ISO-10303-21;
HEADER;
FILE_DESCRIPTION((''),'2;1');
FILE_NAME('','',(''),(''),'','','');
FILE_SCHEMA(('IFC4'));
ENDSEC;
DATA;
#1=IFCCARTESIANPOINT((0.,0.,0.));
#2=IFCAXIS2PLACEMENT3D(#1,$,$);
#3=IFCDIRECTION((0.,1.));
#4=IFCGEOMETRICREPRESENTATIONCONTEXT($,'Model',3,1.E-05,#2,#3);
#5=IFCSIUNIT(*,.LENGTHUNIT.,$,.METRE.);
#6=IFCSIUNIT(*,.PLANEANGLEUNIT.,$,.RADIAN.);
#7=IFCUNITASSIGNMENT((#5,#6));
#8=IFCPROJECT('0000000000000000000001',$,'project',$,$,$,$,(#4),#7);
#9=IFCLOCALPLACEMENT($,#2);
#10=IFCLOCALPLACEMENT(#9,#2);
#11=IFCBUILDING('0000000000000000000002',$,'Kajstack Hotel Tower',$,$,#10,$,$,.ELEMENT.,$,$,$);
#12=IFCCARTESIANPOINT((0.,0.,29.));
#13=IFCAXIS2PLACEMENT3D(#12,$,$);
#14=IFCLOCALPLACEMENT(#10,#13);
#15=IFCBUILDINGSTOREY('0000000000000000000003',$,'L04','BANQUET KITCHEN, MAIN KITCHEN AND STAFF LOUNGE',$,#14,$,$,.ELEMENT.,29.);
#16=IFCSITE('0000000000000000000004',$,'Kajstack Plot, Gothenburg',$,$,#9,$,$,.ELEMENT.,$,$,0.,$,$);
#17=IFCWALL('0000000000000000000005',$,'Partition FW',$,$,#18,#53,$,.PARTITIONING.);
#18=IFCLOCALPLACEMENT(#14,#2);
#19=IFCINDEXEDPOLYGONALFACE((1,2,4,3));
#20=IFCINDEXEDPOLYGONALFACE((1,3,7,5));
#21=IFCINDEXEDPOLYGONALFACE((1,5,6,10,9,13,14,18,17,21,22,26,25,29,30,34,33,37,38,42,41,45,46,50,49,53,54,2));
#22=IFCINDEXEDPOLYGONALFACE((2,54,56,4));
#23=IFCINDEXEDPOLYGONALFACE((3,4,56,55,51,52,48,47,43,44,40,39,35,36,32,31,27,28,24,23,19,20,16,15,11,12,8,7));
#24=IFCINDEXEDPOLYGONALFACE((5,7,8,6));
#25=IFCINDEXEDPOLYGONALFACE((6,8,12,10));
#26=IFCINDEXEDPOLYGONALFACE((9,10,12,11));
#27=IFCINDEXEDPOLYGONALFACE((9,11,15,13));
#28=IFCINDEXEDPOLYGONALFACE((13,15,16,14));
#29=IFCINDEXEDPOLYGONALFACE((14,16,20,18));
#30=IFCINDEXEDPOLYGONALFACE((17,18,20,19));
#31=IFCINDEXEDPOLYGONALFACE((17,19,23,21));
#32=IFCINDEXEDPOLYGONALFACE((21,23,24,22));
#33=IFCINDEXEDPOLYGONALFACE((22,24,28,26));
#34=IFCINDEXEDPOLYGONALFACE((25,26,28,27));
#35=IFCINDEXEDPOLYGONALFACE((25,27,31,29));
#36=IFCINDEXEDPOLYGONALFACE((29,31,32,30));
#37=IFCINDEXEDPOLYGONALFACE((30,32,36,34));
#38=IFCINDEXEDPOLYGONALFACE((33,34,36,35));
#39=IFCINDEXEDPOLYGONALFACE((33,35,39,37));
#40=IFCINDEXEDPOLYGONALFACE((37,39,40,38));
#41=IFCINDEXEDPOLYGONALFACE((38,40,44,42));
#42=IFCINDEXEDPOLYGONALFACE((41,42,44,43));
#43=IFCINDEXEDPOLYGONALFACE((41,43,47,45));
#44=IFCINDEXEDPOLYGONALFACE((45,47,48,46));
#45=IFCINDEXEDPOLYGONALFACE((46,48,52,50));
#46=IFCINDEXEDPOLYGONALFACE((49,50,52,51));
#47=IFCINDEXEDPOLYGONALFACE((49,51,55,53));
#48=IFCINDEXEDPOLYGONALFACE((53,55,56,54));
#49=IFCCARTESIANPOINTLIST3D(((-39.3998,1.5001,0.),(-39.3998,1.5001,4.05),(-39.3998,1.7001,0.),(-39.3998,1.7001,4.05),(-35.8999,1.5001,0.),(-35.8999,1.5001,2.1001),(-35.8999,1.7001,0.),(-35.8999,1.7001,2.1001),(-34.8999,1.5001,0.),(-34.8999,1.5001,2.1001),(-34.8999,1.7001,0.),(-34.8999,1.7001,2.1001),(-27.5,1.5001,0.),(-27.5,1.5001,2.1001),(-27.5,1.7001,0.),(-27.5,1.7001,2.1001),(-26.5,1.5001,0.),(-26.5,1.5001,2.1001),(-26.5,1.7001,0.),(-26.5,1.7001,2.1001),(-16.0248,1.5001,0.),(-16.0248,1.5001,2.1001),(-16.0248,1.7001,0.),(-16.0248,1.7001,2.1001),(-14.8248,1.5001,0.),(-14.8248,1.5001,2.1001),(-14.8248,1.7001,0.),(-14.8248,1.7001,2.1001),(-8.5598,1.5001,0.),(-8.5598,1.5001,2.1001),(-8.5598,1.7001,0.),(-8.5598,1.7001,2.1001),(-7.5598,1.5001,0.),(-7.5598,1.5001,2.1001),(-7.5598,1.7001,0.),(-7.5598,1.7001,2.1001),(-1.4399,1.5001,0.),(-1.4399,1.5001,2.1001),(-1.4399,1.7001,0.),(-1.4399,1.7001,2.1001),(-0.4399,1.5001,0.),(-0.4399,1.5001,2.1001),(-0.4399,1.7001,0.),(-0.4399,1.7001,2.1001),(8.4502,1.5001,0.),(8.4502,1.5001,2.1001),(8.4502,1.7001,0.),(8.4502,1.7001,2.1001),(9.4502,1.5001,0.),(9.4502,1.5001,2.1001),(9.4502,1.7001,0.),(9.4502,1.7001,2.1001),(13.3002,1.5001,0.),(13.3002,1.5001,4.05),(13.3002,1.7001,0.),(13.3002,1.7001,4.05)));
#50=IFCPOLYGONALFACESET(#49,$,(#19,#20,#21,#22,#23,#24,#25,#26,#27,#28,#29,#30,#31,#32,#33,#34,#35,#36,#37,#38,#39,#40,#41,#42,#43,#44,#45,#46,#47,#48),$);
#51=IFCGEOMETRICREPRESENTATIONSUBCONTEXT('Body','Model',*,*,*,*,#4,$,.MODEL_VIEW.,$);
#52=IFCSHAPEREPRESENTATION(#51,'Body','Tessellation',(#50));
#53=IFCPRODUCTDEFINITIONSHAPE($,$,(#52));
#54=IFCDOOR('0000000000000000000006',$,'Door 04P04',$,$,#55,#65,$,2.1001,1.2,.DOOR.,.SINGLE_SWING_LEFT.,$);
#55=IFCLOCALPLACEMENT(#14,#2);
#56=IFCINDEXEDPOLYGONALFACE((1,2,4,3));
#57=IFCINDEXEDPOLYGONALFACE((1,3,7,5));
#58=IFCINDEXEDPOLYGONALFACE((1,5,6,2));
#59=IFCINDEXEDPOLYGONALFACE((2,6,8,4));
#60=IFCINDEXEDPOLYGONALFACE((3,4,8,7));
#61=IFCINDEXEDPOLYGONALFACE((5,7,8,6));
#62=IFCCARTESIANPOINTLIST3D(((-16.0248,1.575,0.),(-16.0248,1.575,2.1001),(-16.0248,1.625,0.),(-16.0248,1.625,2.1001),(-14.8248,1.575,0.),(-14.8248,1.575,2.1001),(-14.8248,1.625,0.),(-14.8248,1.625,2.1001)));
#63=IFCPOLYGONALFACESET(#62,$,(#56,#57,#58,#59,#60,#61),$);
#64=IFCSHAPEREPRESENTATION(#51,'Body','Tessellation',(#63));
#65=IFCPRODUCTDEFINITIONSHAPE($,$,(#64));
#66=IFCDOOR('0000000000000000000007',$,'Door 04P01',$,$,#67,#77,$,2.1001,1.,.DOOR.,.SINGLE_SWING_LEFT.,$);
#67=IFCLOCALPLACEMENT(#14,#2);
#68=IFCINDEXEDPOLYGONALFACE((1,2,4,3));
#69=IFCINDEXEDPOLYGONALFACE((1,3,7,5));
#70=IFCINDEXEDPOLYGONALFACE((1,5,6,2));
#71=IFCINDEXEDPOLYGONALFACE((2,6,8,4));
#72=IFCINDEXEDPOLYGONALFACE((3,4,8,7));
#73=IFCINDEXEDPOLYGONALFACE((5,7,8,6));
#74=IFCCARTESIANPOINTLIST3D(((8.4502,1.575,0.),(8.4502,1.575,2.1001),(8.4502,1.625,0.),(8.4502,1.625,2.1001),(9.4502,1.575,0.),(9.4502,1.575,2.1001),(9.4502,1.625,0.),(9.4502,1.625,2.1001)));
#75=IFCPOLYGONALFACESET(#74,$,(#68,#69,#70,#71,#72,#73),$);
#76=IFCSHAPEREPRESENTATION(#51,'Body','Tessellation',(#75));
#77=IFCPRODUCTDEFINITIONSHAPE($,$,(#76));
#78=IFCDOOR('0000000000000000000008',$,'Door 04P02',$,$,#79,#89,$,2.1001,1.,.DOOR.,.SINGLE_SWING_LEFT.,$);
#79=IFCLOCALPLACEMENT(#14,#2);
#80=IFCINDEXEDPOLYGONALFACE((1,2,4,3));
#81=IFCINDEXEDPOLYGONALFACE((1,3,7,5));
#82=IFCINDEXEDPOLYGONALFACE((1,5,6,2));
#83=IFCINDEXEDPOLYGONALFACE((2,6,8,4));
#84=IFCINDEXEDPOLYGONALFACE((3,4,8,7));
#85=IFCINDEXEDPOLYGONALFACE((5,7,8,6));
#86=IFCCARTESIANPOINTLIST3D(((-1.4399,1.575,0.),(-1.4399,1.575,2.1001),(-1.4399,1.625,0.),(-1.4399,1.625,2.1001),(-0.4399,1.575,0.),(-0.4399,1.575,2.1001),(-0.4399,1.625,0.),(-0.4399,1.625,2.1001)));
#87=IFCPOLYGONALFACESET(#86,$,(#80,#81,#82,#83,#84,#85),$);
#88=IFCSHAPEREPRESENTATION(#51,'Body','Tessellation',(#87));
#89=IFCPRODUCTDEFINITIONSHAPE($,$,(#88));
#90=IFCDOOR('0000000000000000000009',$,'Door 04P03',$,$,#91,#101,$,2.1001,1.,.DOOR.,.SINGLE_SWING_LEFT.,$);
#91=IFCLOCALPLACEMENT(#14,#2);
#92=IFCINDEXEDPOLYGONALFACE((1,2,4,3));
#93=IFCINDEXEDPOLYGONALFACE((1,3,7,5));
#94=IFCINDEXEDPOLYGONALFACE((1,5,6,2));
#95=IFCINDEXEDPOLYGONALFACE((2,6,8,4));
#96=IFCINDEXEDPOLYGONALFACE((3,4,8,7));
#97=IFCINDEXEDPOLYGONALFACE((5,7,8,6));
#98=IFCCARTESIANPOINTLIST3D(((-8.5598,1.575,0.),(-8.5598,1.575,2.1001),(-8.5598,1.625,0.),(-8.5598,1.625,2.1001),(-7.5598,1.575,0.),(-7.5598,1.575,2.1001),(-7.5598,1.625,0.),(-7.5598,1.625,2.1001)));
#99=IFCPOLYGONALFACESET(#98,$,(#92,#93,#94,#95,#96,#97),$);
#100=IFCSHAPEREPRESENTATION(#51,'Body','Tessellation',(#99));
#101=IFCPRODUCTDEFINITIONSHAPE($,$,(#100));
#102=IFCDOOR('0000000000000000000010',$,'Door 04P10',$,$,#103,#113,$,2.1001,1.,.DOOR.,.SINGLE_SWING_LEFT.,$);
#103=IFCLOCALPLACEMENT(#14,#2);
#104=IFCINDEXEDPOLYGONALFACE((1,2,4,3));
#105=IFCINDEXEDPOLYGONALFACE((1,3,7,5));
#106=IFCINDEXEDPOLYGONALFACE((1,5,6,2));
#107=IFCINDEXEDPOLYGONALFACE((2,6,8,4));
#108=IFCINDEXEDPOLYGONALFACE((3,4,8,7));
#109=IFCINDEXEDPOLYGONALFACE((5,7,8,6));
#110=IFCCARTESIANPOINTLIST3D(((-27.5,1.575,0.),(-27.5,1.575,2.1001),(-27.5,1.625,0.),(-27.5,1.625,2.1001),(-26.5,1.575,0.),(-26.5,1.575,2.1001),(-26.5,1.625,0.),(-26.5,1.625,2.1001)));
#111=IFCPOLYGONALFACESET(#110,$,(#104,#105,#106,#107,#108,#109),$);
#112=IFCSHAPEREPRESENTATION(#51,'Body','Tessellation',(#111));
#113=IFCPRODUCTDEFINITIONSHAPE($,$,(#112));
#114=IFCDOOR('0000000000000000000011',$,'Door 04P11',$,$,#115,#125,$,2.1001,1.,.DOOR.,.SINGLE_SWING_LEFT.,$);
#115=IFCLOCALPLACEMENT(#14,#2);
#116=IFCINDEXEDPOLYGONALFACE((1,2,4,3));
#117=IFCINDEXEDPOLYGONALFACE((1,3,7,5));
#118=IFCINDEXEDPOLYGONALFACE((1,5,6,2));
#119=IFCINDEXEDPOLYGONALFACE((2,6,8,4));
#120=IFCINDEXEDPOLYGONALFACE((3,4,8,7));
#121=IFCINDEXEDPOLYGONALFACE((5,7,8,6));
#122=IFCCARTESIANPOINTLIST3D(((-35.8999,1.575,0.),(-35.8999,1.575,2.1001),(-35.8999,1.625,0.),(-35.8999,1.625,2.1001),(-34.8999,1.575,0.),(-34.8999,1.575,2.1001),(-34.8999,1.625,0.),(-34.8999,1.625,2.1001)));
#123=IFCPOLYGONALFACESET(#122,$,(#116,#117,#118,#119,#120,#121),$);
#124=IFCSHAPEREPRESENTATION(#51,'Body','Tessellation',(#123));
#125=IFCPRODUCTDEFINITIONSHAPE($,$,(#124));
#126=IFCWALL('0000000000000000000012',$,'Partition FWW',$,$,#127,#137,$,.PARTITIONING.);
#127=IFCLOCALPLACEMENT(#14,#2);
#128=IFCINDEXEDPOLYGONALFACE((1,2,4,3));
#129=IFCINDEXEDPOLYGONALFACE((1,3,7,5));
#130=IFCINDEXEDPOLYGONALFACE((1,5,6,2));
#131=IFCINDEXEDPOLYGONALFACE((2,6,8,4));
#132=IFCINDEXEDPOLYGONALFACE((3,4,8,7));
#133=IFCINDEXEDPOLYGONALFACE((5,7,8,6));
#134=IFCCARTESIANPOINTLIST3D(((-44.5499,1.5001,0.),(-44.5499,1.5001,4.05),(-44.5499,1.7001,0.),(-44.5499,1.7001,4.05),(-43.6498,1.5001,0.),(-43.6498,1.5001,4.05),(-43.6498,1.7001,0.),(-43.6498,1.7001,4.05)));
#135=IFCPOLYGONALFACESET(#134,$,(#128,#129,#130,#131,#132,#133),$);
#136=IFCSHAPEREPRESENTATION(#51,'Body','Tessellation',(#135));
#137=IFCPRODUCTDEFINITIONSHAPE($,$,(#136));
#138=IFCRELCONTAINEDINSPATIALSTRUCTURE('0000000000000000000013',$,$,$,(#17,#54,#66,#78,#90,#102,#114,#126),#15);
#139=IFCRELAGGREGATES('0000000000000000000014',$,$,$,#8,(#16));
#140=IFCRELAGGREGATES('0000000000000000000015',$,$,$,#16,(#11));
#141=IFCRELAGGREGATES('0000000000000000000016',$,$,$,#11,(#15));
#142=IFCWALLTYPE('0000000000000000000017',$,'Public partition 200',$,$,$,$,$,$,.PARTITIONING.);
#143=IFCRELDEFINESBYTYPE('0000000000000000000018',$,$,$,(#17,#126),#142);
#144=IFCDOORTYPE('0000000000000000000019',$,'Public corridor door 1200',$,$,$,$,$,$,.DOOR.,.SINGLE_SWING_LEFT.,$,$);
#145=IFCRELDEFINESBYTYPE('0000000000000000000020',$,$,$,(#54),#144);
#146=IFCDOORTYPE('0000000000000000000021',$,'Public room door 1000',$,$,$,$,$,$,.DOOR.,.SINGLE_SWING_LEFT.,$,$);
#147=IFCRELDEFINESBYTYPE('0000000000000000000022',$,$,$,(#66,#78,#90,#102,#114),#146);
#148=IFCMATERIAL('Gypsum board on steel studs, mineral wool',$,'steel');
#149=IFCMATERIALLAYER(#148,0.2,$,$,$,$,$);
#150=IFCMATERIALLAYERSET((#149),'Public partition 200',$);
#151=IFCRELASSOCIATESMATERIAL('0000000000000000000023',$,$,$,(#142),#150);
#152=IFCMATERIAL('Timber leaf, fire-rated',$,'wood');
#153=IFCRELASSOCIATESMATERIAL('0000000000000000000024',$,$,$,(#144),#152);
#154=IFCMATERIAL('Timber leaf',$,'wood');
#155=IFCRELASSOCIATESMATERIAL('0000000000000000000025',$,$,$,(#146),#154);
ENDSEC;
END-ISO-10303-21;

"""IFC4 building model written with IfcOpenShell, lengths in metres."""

from ifc_helpers import new_model, si_unit, direction, frame, frame_2d, origin, place, context, subcontext, project, spatial, rectangle, extrude, material, layer, layer_set, type_object, element, fill, save


model = new_model("IFC4")

# Units and contexts
model_context = context("Model", 3, precision=1e-05, world=origin(), true_north=direction((0.0, 1.0)))
body_context = subcontext(model_context, "Body", "Model", "MODEL_VIEW")
ifc_project = project(units=[si_unit("LENGTHUNIT", "METRE"), si_unit("PLANEANGLEUNIT", "RADIAN")], contexts=[model_context])

# Site, building, storey
site_placement = place(None, origin())
site = spatial("IfcSite", under=ifc_project, at=site_placement, Name="Kajstack Plot, Gothenburg", CompositionType="ELEMENT", RefElevation=0.0)
building_placement = place(site_placement, origin())
building = spatial("IfcBuilding", under=site, at=building_placement, Name="Kajstack Hotel Tower", CompositionType="ELEMENT")
storey_placement = place(building_placement, frame((0.0, 0.0, 29.0)))
storey = spatial("IfcBuildingStorey", under=building, at=storey_placement, Name="L04", Description="BANQUET KITCHEN, MAIN KITCHEN AND STAFF LOUNGE", CompositionType="ELEMENT", Elevation=29.0)

# Shared definitions
ifc_material_1 = material(Name="Gypsum board on steel studs, mineral wool", Category="steel")
ifc_layer_1 = layer(ifc_material_1, 0.2)
ifc_layer_set_1 = layer_set([ifc_layer_1], Name="Public partition 200")
wall_type_1 = type_object("IfcWallType", Name="Public partition 200", PredefinedType="PARTITIONING", material=ifc_layer_set_1)

# Wall, openings, doors
wall_1_placement = place(storey_placement, frame((-39.3999, 1.6001, 0.0), z_axis=(0.0, 0.0, 1.0), x_axis=(1.0, 0.0, 0.0)))
wall_1 = element("IfcWall", 1, at=wall_1_placement, inside=storey, type_object=wall_type_1, Name="Partition FW", PredefinedType="PARTITIONING", context=body_context, shape_type="SweptSolid", body=[
    extrude(rectangle(XDim=52.7, YDim=0.2, at=frame_2d((26.3501, 0.0))), origin(), (0.0, 0.0, 1.0), 4.05),
])
opening_1_placement = place(wall_1_placement, frame((47.8501, 0.0, 0.0)))
opening_1 = element("IfcOpeningElement", 2, at=opening_1_placement, cuts=wall_1, PredefinedType="OPENING", context=body_context, shape_type="SweptSolid", body=[
    extrude(rectangle(XDim=1.0, YDim=2.1001, at=frame_2d((0.5, 1.05))), frame((0.0, 0.1099, 0.0), z_axis=(0.0, -1.0, 0.0), x_axis=(1.0, 0.0, 0.0)), (0.0, 0.0, 1.0), 0.22),
])
opening_2_placement = place(wall_1_placement, frame((37.96, 0.0, 0.0)))
opening_2 = element("IfcOpeningElement", 3, at=opening_2_placement, cuts=wall_1, PredefinedType="OPENING", context=body_context, shape_type="SweptSolid", body=[
    extrude(rectangle(XDim=1.0, YDim=2.1001, at=frame_2d((0.5, 1.05))), frame((0.0, 0.1099, 0.0), z_axis=(0.0, -1.0, 0.0), x_axis=(1.0, 0.0, 0.0)), (0.0, 0.0, 1.0), 0.22),
])
opening_3_placement = place(wall_1_placement, frame((30.8401, 0.0, 0.0)))
opening_3 = element("IfcOpeningElement", 4, at=opening_3_placement, cuts=wall_1, PredefinedType="OPENING", context=body_context, shape_type="SweptSolid", body=[
    extrude(rectangle(XDim=1.0, YDim=2.1001, at=frame_2d((0.5, 1.05))), frame((0.0, 0.1099, 0.0), z_axis=(0.0, -1.0, 0.0), x_axis=(1.0, 0.0, 0.0)), (0.0, 0.0, 1.0), 0.22),
])
opening_4_placement = place(wall_1_placement, frame((23.375, 0.0, 0.0)))
opening_4 = element("IfcOpeningElement", 5, at=opening_4_placement, cuts=wall_1, PredefinedType="OPENING", context=body_context, shape_type="SweptSolid", body=[
    extrude(rectangle(XDim=1.2, YDim=2.1001, at=frame_2d((0.6001, 1.05))), frame((0.0, 0.1099, 0.0), z_axis=(0.0, -1.0, 0.0), x_axis=(1.0, 0.0, 0.0)), (0.0, 0.0, 1.0), 0.22),
])
opening_5_placement = place(wall_1_placement, frame((11.8999, 0.0, 0.0)))
opening_5 = element("IfcOpeningElement", 6, at=opening_5_placement, cuts=wall_1, PredefinedType="OPENING", context=body_context, shape_type="SweptSolid", body=[
    extrude(rectangle(XDim=1.0, YDim=2.1001, at=frame_2d((0.5, 1.05))), frame((0.0, 0.1099, 0.0), z_axis=(0.0, -1.0, 0.0), x_axis=(1.0, 0.0, 0.0)), (0.0, 0.0, 1.0), 0.22),
])
opening_6_placement = place(wall_1_placement, frame((3.5, 0.0, 0.0)))
opening_6 = element("IfcOpeningElement", 7, at=opening_6_placement, cuts=wall_1, PredefinedType="OPENING", context=body_context, shape_type="SweptSolid", body=[
    extrude(rectangle(XDim=1.0, YDim=2.1001, at=frame_2d((0.5, 1.05))), frame((0.0, 0.1099, 0.0), z_axis=(0.0, -1.0, 0.0), x_axis=(1.0, 0.0, 0.0)), (0.0, 0.0, 1.0), 0.22),
])
ifc_material_2 = material(Name="Timber leaf, fire-rated", Category="wood")
door_type_1 = type_object("IfcDoorType", Name="Public corridor door 1200", OperationType="SINGLE_SWING_LEFT", PredefinedType="DOOR", material=ifc_material_2)
door_1_placement = place(opening_4_placement, origin())
door_1 = element("IfcDoor", 8, at=door_1_placement, inside=storey, type_object=door_type_1, Name="Door 04P04", OperationType="SINGLE_SWING_LEFT", OverallHeight=2.1001, OverallWidth=1.2, PredefinedType="DOOR", context=body_context, shape_type="SweptSolid", body=[
    extrude(rectangle(XDim=1.2, YDim=2.1001, at=frame_2d((0.6001, 1.05))), frame((0.0, 0.0249, 0.0), z_axis=(0.0, -1.0, 0.0), x_axis=(1.0, 0.0, 0.0)), (0.0, 0.0, 1.0), 0.05),
])
fill(opening_4, door_1)
ifc_material_3 = material(Name="Timber leaf", Category="wood")
door_type_2 = type_object("IfcDoorType", Name="Public room door 1000", OperationType="SINGLE_SWING_LEFT", PredefinedType="DOOR", material=ifc_material_3)
door_2_placement = place(opening_1_placement, origin())
door_2 = element("IfcDoor", 9, at=door_2_placement, inside=storey, type_object=door_type_2, Name="Door 04P01", OperationType="SINGLE_SWING_LEFT", OverallHeight=2.1001, OverallWidth=1.0, PredefinedType="DOOR", context=body_context, shape_type="SweptSolid", body=[
    extrude(rectangle(XDim=1.0, YDim=2.1001, at=frame_2d((0.5, 1.05))), frame((0.0, 0.0249, 0.0), z_axis=(0.0, -1.0, 0.0), x_axis=(1.0, 0.0, 0.0)), (0.0, 0.0, 1.0), 0.05),
])
fill(opening_1, door_2)
door_3_placement = place(opening_2_placement, origin())
door_3 = element("IfcDoor", 10, at=door_3_placement, inside=storey, type_object=door_type_2, Name="Door 04P02", OperationType="SINGLE_SWING_LEFT", OverallHeight=2.1001, OverallWidth=1.0, PredefinedType="DOOR", context=body_context, shape_type="SweptSolid", body=[
    extrude(rectangle(XDim=1.0, YDim=2.1001, at=frame_2d((0.5, 1.05))), frame((0.0, 0.0249, 0.0), z_axis=(0.0, -1.0, 0.0), x_axis=(1.0, 0.0, 0.0)), (0.0, 0.0, 1.0), 0.05),
])
fill(opening_2, door_3)
door_4_placement = place(opening_3_placement, origin())
door_4 = element("IfcDoor", 11, at=door_4_placement, inside=storey, type_object=door_type_2, Name="Door 04P03", OperationType="SINGLE_SWING_LEFT", OverallHeight=2.1001, OverallWidth=1.0, PredefinedType="DOOR", context=body_context, shape_type="SweptSolid", body=[
    extrude(rectangle(XDim=1.0, YDim=2.1001, at=frame_2d((0.5, 1.05))), frame((0.0, 0.0249, 0.0), z_axis=(0.0, -1.0, 0.0), x_axis=(1.0, 0.0, 0.0)), (0.0, 0.0, 1.0), 0.05),
])
fill(opening_3, door_4)
door_5_placement = place(opening_5_placement, origin())
door_5 = element("IfcDoor", 12, at=door_5_placement, inside=storey, type_object=door_type_2, Name="Door 04P10", OperationType="SINGLE_SWING_LEFT", OverallHeight=2.1001, OverallWidth=1.0, PredefinedType="DOOR", context=body_context, shape_type="SweptSolid", body=[
    extrude(rectangle(XDim=1.0, YDim=2.1001, at=frame_2d((0.5, 1.05))), frame((0.0, 0.0249, 0.0), z_axis=(0.0, -1.0, 0.0), x_axis=(1.0, 0.0, 0.0)), (0.0, 0.0, 1.0), 0.05),
])
fill(opening_5, door_5)
door_6_placement = place(opening_6_placement, origin())
door_6 = element("IfcDoor", 13, at=door_6_placement, inside=storey, type_object=door_type_2, Name="Door 04P11", OperationType="SINGLE_SWING_LEFT", OverallHeight=2.1001, OverallWidth=1.0, PredefinedType="DOOR", context=body_context, shape_type="SweptSolid", body=[
    extrude(rectangle(XDim=1.0, YDim=2.1001, at=frame_2d((0.5, 1.05))), frame((0.0, 0.0249, 0.0), z_axis=(0.0, -1.0, 0.0), x_axis=(1.0, 0.0, 0.0)), (0.0, 0.0, 1.0), 0.05),
])
fill(opening_6, door_6)

# Wall
wall_2_placement = place(storey_placement, frame((-44.55, 1.6001, 0.0), z_axis=(0.0, 0.0, 1.0), x_axis=(1.0, 0.0, 0.0)))
element("IfcWall", 14, at=wall_2_placement, inside=storey, type_object=wall_type_1, Name="Partition FWW", PredefinedType="PARTITIONING", context=body_context, shape_type="SweptSolid", body=[
    extrude(rectangle(XDim=0.9001, YDim=0.2, at=frame_2d((0.4502, 0.0))), origin(), (0.0, 0.0, 1.0), 4.05),
])

save(model, "model.ifc")
